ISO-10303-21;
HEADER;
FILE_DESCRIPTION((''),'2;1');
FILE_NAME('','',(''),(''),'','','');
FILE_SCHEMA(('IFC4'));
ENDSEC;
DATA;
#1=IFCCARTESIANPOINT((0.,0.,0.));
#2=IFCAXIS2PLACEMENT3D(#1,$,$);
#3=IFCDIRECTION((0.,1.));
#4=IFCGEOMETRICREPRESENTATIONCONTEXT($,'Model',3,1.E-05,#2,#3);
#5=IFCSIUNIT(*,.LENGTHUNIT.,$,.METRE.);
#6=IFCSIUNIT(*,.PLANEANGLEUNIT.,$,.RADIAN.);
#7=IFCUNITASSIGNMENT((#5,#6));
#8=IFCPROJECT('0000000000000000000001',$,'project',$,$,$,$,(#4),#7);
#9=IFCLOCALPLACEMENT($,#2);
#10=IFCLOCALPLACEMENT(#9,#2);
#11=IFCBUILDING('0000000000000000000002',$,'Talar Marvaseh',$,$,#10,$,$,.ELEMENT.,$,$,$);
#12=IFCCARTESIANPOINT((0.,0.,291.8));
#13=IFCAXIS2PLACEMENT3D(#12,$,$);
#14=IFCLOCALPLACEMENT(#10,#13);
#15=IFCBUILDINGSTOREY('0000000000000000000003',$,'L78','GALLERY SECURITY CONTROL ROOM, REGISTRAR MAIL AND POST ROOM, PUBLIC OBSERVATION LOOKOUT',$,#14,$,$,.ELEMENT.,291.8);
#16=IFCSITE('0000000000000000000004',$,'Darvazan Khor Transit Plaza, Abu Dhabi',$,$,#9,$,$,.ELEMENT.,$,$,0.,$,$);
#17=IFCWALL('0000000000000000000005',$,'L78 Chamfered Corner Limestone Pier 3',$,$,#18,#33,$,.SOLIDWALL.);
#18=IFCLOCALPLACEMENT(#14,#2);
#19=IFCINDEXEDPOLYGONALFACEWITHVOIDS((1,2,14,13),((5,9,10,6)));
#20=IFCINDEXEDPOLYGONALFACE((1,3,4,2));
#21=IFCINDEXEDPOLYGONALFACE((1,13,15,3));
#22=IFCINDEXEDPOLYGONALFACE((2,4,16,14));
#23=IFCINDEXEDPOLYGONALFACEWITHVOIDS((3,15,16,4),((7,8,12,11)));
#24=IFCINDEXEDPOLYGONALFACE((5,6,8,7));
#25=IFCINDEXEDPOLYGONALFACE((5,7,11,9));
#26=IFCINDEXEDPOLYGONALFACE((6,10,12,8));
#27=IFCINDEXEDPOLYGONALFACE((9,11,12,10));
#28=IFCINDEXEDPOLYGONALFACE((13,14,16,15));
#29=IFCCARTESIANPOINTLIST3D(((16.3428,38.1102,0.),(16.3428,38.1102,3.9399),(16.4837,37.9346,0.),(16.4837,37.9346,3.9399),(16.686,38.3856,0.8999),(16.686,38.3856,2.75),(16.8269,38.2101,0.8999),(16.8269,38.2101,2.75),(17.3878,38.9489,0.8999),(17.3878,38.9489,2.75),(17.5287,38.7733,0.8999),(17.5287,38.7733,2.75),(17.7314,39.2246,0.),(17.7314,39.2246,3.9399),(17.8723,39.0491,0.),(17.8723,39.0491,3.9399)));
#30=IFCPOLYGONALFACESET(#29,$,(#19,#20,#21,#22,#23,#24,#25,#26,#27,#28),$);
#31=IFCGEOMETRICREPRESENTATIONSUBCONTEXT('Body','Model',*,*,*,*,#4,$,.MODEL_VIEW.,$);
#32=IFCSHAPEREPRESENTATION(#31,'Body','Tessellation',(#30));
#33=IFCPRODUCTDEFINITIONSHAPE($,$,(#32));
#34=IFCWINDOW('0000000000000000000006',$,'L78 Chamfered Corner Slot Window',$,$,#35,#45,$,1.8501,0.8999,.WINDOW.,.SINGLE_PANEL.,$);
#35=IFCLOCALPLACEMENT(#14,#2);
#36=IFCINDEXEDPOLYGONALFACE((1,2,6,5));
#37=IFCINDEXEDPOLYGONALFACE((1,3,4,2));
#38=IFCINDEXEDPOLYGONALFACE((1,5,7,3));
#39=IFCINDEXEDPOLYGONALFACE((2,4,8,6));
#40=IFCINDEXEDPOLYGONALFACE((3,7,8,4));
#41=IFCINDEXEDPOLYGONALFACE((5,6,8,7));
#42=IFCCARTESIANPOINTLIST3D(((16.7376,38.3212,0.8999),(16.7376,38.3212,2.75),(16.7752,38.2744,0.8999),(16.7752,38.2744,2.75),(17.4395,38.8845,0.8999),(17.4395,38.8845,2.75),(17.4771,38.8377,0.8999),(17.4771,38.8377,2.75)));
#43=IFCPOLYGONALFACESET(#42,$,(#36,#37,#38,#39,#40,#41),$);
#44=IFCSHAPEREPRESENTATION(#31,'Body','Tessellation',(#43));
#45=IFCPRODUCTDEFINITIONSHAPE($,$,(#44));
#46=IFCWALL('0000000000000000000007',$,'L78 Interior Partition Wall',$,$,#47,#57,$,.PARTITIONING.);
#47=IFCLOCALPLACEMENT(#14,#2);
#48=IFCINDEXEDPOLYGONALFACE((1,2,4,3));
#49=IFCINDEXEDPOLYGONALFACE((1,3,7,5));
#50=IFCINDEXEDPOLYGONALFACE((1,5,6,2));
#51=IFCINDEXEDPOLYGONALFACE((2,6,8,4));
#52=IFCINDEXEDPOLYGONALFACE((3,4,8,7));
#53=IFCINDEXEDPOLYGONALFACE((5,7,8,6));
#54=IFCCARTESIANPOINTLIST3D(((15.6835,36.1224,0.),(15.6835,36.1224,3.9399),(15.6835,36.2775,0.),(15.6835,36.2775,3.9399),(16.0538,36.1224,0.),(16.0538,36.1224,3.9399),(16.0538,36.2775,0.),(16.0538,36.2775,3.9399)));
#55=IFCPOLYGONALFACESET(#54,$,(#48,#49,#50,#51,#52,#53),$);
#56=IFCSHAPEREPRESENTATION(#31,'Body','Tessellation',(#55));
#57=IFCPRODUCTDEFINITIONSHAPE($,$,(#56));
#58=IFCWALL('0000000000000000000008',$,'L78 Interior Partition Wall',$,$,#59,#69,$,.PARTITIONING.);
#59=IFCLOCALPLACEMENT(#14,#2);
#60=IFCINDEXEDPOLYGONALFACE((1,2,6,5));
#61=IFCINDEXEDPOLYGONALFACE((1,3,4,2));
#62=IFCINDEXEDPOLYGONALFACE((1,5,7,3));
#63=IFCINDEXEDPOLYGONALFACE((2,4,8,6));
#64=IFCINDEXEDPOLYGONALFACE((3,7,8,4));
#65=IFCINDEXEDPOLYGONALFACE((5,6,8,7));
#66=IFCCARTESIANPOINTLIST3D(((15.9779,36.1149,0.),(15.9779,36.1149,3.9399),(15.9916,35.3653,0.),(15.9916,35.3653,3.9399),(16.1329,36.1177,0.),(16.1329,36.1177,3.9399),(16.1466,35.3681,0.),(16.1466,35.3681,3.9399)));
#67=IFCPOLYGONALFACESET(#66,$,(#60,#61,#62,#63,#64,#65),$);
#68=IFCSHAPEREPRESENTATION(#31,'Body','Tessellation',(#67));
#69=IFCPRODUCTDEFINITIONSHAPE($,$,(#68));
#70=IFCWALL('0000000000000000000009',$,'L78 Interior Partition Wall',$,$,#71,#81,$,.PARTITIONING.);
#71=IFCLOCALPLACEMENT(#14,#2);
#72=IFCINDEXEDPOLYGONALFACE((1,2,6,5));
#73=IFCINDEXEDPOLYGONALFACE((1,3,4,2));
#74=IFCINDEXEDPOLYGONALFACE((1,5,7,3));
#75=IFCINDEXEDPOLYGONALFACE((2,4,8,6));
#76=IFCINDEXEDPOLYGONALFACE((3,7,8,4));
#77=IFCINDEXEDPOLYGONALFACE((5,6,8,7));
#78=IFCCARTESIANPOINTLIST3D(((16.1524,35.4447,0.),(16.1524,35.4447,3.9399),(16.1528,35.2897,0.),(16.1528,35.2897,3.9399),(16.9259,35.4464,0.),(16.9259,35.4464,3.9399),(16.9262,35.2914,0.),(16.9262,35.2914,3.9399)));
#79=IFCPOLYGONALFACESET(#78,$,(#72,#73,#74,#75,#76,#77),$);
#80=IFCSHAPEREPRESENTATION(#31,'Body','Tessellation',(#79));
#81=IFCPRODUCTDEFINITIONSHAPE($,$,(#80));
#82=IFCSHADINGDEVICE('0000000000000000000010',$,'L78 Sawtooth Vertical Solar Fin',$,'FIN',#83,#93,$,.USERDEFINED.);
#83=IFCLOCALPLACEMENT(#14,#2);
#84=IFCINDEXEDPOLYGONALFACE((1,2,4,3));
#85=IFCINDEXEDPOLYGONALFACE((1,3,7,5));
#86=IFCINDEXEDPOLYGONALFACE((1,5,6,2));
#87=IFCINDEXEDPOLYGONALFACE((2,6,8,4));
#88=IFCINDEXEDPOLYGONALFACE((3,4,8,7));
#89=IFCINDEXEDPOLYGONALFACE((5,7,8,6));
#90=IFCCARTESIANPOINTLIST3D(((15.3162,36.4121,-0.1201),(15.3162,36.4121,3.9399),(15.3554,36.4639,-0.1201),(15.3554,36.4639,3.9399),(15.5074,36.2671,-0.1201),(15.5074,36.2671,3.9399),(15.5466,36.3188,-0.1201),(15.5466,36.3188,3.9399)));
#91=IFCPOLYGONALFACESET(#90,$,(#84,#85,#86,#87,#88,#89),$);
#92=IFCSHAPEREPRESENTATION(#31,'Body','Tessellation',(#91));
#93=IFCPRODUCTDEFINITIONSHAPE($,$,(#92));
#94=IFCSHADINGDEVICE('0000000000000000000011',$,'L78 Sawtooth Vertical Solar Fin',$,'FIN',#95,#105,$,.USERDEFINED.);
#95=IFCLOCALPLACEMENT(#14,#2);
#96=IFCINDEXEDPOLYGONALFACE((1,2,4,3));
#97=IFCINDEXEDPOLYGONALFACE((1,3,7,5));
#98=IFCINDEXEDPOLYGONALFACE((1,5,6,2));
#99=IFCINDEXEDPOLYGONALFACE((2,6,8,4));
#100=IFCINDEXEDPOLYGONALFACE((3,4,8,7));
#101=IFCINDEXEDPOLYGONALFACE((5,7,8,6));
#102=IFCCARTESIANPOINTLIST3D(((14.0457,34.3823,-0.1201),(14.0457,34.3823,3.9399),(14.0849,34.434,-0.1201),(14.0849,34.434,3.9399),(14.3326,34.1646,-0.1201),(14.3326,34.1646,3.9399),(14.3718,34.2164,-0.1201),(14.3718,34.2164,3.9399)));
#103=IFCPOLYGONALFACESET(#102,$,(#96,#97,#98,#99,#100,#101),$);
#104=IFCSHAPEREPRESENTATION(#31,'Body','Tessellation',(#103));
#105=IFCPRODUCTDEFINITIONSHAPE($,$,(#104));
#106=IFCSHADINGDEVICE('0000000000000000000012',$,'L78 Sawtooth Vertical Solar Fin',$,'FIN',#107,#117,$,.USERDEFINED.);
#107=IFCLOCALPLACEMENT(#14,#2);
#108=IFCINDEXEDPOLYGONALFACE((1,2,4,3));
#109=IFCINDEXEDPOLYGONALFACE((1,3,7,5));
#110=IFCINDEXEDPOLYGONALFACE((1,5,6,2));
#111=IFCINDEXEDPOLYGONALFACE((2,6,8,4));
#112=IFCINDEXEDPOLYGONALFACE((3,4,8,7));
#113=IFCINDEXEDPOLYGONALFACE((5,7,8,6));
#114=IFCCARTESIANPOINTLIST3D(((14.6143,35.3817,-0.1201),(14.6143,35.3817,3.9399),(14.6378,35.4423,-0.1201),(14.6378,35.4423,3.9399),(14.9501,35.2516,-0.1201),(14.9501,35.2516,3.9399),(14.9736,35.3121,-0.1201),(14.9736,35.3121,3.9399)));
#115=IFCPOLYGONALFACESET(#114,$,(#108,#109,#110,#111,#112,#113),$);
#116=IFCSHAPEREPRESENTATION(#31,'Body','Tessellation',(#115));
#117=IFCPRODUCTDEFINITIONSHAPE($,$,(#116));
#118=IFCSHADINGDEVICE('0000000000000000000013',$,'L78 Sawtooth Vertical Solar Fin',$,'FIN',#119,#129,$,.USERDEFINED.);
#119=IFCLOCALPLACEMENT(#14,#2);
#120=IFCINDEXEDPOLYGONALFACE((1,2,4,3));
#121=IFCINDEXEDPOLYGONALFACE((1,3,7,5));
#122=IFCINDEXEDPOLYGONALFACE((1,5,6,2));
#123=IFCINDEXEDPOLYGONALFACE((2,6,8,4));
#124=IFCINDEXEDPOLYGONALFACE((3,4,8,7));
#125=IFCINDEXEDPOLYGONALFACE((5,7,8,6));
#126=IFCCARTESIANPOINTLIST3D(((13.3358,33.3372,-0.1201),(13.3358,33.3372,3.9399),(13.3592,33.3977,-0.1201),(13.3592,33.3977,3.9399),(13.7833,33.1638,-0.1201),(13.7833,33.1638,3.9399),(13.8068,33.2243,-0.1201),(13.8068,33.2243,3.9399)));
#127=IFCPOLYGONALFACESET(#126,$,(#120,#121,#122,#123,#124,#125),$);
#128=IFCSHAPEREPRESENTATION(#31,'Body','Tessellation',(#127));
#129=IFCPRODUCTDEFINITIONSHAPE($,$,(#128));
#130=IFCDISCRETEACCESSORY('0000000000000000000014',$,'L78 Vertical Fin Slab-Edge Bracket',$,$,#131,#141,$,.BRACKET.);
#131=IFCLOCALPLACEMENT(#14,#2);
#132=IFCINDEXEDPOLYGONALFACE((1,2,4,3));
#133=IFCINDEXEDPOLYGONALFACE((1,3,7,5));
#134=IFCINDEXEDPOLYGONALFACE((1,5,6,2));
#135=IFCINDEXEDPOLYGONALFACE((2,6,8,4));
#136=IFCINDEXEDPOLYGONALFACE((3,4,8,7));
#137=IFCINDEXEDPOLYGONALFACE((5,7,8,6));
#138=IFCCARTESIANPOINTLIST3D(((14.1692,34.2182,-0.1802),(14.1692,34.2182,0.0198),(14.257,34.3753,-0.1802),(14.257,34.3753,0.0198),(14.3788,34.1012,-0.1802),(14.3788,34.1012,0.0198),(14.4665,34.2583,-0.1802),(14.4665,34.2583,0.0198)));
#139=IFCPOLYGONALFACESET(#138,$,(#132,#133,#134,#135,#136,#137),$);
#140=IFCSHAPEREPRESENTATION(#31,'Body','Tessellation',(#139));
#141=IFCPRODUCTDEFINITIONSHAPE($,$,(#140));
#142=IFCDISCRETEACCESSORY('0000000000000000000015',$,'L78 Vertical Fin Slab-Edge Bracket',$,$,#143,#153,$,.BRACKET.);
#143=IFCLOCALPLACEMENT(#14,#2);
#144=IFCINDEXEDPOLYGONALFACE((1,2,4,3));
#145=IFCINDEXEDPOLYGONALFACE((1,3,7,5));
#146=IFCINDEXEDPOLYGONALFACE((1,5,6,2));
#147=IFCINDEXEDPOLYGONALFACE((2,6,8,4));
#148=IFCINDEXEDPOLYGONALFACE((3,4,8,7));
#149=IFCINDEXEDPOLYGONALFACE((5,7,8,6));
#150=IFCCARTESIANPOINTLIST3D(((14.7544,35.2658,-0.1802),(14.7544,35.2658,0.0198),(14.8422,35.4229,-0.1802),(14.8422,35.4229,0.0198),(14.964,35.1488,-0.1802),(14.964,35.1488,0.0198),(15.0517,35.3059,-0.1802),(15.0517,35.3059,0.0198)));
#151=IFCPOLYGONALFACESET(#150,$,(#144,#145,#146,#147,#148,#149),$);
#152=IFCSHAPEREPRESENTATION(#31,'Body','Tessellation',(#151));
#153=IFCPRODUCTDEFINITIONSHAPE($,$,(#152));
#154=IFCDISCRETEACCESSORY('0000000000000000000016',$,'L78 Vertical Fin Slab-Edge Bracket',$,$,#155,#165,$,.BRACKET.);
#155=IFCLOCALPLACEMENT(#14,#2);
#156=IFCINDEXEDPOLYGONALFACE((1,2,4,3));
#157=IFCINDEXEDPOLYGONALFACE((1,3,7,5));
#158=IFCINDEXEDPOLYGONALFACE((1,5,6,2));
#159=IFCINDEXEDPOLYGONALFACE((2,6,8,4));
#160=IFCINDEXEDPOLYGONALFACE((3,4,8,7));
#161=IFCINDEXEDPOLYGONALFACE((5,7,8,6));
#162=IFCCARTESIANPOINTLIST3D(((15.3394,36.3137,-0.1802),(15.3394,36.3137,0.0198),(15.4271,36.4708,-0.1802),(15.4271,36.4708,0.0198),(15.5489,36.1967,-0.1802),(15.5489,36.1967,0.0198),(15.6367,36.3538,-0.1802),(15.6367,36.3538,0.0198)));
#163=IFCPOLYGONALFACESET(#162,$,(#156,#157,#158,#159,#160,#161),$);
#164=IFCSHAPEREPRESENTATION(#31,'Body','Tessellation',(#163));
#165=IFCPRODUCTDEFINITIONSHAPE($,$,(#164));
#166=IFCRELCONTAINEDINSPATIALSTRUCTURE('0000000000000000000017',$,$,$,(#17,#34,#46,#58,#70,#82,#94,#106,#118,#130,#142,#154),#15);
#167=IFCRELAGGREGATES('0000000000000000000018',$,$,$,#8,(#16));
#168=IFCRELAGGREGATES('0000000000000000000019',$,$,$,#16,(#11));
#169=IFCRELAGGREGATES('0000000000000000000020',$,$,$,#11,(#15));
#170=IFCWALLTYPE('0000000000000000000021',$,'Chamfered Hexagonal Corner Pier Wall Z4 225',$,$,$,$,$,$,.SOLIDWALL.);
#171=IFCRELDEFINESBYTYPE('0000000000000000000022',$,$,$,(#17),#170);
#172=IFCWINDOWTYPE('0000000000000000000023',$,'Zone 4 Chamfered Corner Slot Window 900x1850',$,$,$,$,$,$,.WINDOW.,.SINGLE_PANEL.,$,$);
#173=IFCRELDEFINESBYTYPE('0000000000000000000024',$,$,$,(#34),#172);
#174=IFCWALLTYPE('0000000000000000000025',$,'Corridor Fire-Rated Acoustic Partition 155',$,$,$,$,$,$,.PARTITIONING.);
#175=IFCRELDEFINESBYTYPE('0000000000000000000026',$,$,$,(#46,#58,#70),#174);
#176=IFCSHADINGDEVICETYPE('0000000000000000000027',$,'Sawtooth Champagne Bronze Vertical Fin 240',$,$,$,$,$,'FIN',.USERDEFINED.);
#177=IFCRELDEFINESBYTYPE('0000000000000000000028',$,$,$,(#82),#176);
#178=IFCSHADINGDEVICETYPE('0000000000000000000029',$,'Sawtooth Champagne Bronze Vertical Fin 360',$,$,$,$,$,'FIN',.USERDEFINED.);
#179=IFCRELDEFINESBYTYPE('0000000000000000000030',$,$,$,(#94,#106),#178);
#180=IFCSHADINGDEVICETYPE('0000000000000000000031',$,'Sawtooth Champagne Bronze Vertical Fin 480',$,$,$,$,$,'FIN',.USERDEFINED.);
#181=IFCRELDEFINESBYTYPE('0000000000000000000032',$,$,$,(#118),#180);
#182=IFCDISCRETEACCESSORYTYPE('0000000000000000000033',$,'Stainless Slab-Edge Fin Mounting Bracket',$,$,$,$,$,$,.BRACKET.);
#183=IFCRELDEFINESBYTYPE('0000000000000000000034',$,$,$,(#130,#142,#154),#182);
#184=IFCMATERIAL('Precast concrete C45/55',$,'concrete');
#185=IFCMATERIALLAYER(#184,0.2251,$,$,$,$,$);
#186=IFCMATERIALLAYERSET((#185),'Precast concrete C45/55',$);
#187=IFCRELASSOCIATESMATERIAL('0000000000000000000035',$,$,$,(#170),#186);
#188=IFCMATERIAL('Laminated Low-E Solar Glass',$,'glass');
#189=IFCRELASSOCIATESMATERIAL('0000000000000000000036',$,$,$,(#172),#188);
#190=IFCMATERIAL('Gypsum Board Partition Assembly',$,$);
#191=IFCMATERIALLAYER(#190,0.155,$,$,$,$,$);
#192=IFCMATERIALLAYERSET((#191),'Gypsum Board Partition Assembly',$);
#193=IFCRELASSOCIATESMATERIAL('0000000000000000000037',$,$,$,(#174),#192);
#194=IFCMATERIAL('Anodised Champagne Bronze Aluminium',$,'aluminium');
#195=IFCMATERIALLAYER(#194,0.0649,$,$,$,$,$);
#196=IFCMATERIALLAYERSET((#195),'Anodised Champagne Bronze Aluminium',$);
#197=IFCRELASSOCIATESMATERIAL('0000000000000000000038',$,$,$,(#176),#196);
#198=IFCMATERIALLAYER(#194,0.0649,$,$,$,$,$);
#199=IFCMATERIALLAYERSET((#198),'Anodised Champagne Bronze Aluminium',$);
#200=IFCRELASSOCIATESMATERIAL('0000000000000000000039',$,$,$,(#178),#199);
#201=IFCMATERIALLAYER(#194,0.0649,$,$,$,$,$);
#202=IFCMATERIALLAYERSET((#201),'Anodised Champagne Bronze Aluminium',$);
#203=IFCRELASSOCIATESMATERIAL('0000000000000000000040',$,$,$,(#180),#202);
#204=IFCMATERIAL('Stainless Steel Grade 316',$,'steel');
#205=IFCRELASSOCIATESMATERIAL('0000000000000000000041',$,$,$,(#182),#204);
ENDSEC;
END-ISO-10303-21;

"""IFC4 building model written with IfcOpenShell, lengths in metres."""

from ifc_helpers import new_model, si_unit, direction, frame, frame_2d, origin, origin_2d, place, context, subcontext, project, spatial, rectangle, extrude, source, transform, mapped, material, layer, layer_set, type_object, type_shapes, element, fill, save


model = new_model("IFC4")

# Units and contexts
model_context = context("Model", 3, precision=1e-05, world=origin(), true_north=direction((0.0, 1.0)))
body_context = subcontext(model_context, "Body", "Model", "MODEL_VIEW")
ifc_project = project(units=[si_unit("LENGTHUNIT", "METRE"), si_unit("PLANEANGLEUNIT", "RADIAN")], contexts=[model_context])

# Site, building, storey
site_placement = place(None, origin())
site = spatial("IfcSite", under=ifc_project, at=site_placement, Name="Darvazan Khor Transit Plaza, Abu Dhabi", CompositionType="ELEMENT", RefElevation=0.0)
building_placement = place(site_placement, origin())
building = spatial("IfcBuilding", under=site, at=building_placement, Name="Talar Marvaseh", CompositionType="ELEMENT")
storey_placement = place(building_placement, frame((0.0, 0.0, 291.8)))
storey = spatial("IfcBuildingStorey", under=building, at=storey_placement, Name="L78", Description="GALLERY SECURITY CONTROL ROOM, REGISTRAR MAIL AND POST ROOM, PUBLIC OBSERVATION LOOKOUT", CompositionType="ELEMENT", Elevation=291.8)

# Shared definitions
ifc_material_1 = material(Name="Laminated Low-E Solar Glass", Category="glass")

# Wall, opening, window
ifc_material_2 = material(Name="Precast concrete C45/55", Category="concrete")
ifc_layer_1 = layer(ifc_material_2, 0.2251)
ifc_layer_set_1 = layer_set([ifc_layer_1], Name="Precast concrete C45/55")
wall_type_1 = type_object("IfcWallType", Name="Chamfered Hexagonal Corner Pier Wall Z4 225", PredefinedType="SOLIDWALL", material=ifc_layer_set_1)
wall_1_placement = place(storey_placement, frame((16.4133, 38.0225, 0.0), z_axis=(0.0, 0.0, 1.0), x_axis=(0.779891, 0.625915, 0.0)))
wall_1 = element("IfcWall", 1, at=wall_1_placement, inside=storey, type_object=wall_type_1, Name="L78 Chamfered Corner Limestone Pier 3", PredefinedType="SOLIDWALL", context=body_context, shape_type="SweptSolid", body=[
    extrude(rectangle(XDim=1.7805, YDim=0.2251, at=frame_2d((0.8901, 0.0))), origin(), (0.0, 0.0, 1.0), 3.9399),
])
opening_placement = place(wall_1_placement, frame((0.4399, 0.0, 0.8999)))
opening = element("IfcOpeningElement", 2, at=opening_placement, cuts=wall_1, PredefinedType="OPENING", context=body_context, shape_type="SweptSolid", body=[
    extrude(rectangle(XDim=0.8999, YDim=1.8501, at=frame_2d((0.45, 0.925))), frame((0.0, 0.1226, 0.0), z_axis=(0.0, -1.0, 0.0), x_axis=(1.0, 0.0, 0.0)), (0.0, 0.0, 1.0), 0.2451),
])
window_type = type_object("IfcWindowType", Name="Zone 4 Chamfered Corner Slot Window 900x1850", PartitioningType="SINGLE_PANEL", PredefinedType="WINDOW", material=ifc_material_1)
shared_shape_1 = source(origin(), body_context, "Body", "SweptSolid", [
    extrude(rectangle(XDim=0.8999, YDim=1.8501, at=frame_2d((0.45, 0.925))), frame((0.0, 0.03, 0.0), z_axis=(0.0, -1.0, 0.0), x_axis=(1.0, 0.0, 0.0)), (0.0, 0.0, 1.0), 0.0601),
])
type_shapes(window_type, [shared_shape_1])
window_placement = place(opening_placement, origin())
window = element("IfcWindow", 3, at=window_placement, inside=storey, type_object=window_type, Name="L78 Chamfered Corner Slot Window", OverallHeight=1.8501, OverallWidth=0.8999, PartitioningType="SINGLE_PANEL", PredefinedType="WINDOW", context=body_context, shape_type="MappedRepresentation", body=[
    mapped(shared_shape_1, transform((0.0, 0.0, 0.0), x_axis=(1.0, 0.0, 0.0), y_axis=(0.0, 1.0, 0.0), z_axis=(0.0, 0.0, 1.0), scale=1.0)),
])
fill(opening, window)

# Walls
ifc_material_3 = material(Name="Gypsum Board Partition Assembly")
ifc_layer_2 = layer(ifc_material_3, 0.155)
ifc_layer_set_2 = layer_set([ifc_layer_2], Name="Gypsum Board Partition Assembly")
wall_type_2 = type_object("IfcWallType", Name="Corridor Fire-Rated Acoustic Partition 155", PredefinedType="PARTITIONING", material=ifc_layer_set_2)
wall_2_placement = place(storey_placement, frame((15.6836, 36.2, 0.0), z_axis=(0.0, 0.0, 1.0), x_axis=(1.0, 0.0, 0.0)))
element("IfcWall", 4, at=wall_2_placement, inside=storey, type_object=wall_type_2, Name="L78 Interior Partition Wall", PredefinedType="PARTITIONING", context=body_context, shape_type="SweptSolid", body=[
    extrude(rectangle(XDim=0.3704, YDim=0.155, at=frame_2d((0.1851, 0.0))), origin(), (0.0, 0.0, 1.0), 3.9399),
])
wall_3_placement = place(storey_placement, frame((16.0554, 36.1165, 0.0), z_axis=(0.0, 0.0, 1.0), x_axis=(0.018238, -0.999834, 0.0)))
element("IfcWall", 5, at=wall_3_placement, inside=storey, type_object=wall_type_2, Name="L78 Interior Partition Wall", PredefinedType="PARTITIONING", context=body_context, shape_type="SweptSolid", body=[
    extrude(rectangle(XDim=0.7498, YDim=0.155, at=frame_2d((0.375, 0.0))), origin(), (0.0, 0.0, 1.0), 3.9399),
])
wall_4_placement = place(storey_placement, frame((16.1526, 35.3672, 0.0), z_axis=(0.0, 0.0, 1.0), x_axis=(0.999998, 0.00221, 0.0)))
element("IfcWall", 6, at=wall_4_placement, inside=storey, type_object=wall_type_2, Name="L78 Interior Partition Wall", PredefinedType="PARTITIONING", context=body_context, shape_type="SweptSolid", body=[
    extrude(rectangle(XDim=0.7734, YDim=0.155, at=frame_2d((0.3867, 0.0))), origin(), (0.0, 0.0, 1.0), 3.9399),
])

# Shading devices
ifc_material_4 = material(Name="Anodised Champagne Bronze Aluminium", Category="aluminium")
ifc_layer_3 = layer(ifc_material_4, 0.0649)
ifc_layer_set_3 = layer_set([ifc_layer_3], Name="Anodised Champagne Bronze Aluminium")
shading_device_type_1 = type_object("IfcShadingDeviceType", Name="Sawtooth Champagne Bronze Vertical Fin 240", ElementType="FIN", PredefinedType="USERDEFINED", material=ifc_layer_set_3)
shared_shape_2 = source(origin(), body_context, "Body", "SweptSolid", [
    extrude(rectangle(XDim=0.24, YDim=0.0649, at=origin_2d()), origin(), (0.0, 0.0, 1.0), 4.0601),
])
type_shapes(shading_device_type_1, [shared_shape_2])
shading_device_1_placement = place(storey_placement, frame((15.4314, 36.3655, -0.1201), z_axis=(0.0, 0.0, 1.0), x_axis=(-0.796741, 0.604321, 0.0)))
element("IfcShadingDevice", 7, at=shading_device_1_placement, inside=storey, type_object=shading_device_type_1, Name="L78 Sawtooth Vertical Solar Fin", ObjectType="FIN", PredefinedType="USERDEFINED", context=body_context, shape_type="MappedRepresentation", body=[
    mapped(shared_shape_2, transform((0.0, 0.0, 0.0), x_axis=(1.0, 0.0, 0.0), y_axis=(0.0, 1.0, 0.0), z_axis=(0.0, 0.0, 1.0), scale=1.0)),
])
ifc_layer_4 = layer(ifc_material_4, 0.0649)
ifc_layer_set_4 = layer_set([ifc_layer_4], Name="Anodised Champagne Bronze Aluminium")
shading_device_type_2 = type_object("IfcShadingDeviceType", Name="Sawtooth Champagne Bronze Vertical Fin 360", ElementType="FIN", PredefinedType="USERDEFINED", material=ifc_layer_set_4)
shared_shape_3 = source(origin(), body_context, "Body", "SweptSolid", [
    extrude(rectangle(XDim=0.3601, YDim=0.0649, at=origin_2d()), origin(), (0.0, 0.0, 1.0), 4.0601),
])
type_shapes(shading_device_type_2, [shared_shape_3])
for number, where, z_axis, x_axis, name in (
    (8, (14.2087, 34.2993, -0.1201), (0.0, 0.0, 1.0), (-0.796741, 0.604321, 0.0), "L78 Sawtooth Vertical Solar Fin"),
    (9, (14.7939, 35.3469, -0.1201), (0.0, 0.0, 1.0), (-0.93245, 0.361299, 0.0), "L78 Sawtooth Vertical Solar Fin"),
):
    element("IfcShadingDevice", number, at=place(storey_placement, frame(where, z_axis=z_axis, x_axis=x_axis)), inside=storey, type_object=shading_device_type_2, Name=name, ObjectType="FIN", PredefinedType="USERDEFINED", context=body_context, shape_type="MappedRepresentation", body=[
        mapped(shared_shape_3, transform((0.0, 0.0, 0.0), x_axis=(1.0, 0.0, 0.0), y_axis=(0.0, 1.0, 0.0), z_axis=(0.0, 0.0, 1.0), scale=1.0)),
    ])
ifc_layer_5 = layer(ifc_material_4, 0.0649)
ifc_layer_set_5 = layer_set([ifc_layer_5], Name="Anodised Champagne Bronze Aluminium")
shading_device_type_3 = type_object("IfcShadingDeviceType", Name="Sawtooth Champagne Bronze Vertical Fin 480", ElementType="FIN", PredefinedType="USERDEFINED", material=ifc_layer_set_5)
shared_shape_4 = source(origin(), body_context, "Body", "SweptSolid", [
    extrude(rectangle(XDim=0.48, YDim=0.0649, at=origin_2d()), origin(), (0.0, 0.0, 1.0), 4.0601),
])
type_shapes(shading_device_type_3, [shared_shape_4])
shading_device_2_placement = place(storey_placement, frame((13.5713, 33.2808, -0.1201), z_axis=(0.0, 0.0, 1.0), x_axis=(-0.93245, 0.361299, 0.0)))
element("IfcShadingDevice", 10, at=shading_device_2_placement, inside=storey, type_object=shading_device_type_3, Name="L78 Sawtooth Vertical Solar Fin", ObjectType="FIN", PredefinedType="USERDEFINED", context=body_context, shape_type="MappedRepresentation", body=[
    mapped(shared_shape_4, transform((0.0, 0.0, 0.0), x_axis=(1.0, 0.0, 0.0), y_axis=(0.0, 1.0, 0.0), z_axis=(0.0, 0.0, 1.0), scale=1.0)),
])

# Discrete accessories
ifc_material_5 = material(Name="Stainless Steel Grade 316", Category="steel")
discrete_accessory_type = type_object("IfcDiscreteAccessoryType", Name="Stainless Slab-Edge Fin Mounting Bracket", PredefinedType="BRACKET", material=ifc_material_5)
shared_shape_5 = source(origin(), body_context, "Body", "SweptSolid", [
    extrude(rectangle(XDim=0.24, YDim=0.1799, at=origin_2d()), origin(), (0.0, 0.0, 1.0), 0.2),
])
type_shapes(discrete_accessory_type, [shared_shape_5])
for number, where, z_axis, x_axis, name in (
    (11, (14.3179, 34.2383, -0.1802), (0.0, 0.0, 1.0), (-0.873092, 0.487555, 0.0), "L78 Vertical Fin Slab-Edge Bracket"),
    (12, (14.9031, 35.2859, -0.1802), (0.0, 0.0, 1.0), (-0.873092, 0.487555, 0.0), "L78 Vertical Fin Slab-Edge Bracket"),
    (13, (15.488, 36.3337, -0.1802), (0.0, 0.0, 1.0), (-0.873092, 0.487555, 0.0), "L78 Vertical Fin Slab-Edge Bracket"),
):
    element("IfcDiscreteAccessory", number, at=place(storey_placement, frame(where, z_axis=z_axis, x_axis=x_axis)), inside=storey, type_object=discrete_accessory_type, Name=name, PredefinedType="BRACKET", context=body_context, shape_type="MappedRepresentation", body=[
        mapped(shared_shape_5, transform((0.0, 0.0, 0.0), x_axis=(1.0, 0.0, 0.0), y_axis=(0.0, 1.0, 0.0), z_axis=(0.0, 0.0, 1.0), scale=1.0)),
    ])

save(model, "model.ifc")
